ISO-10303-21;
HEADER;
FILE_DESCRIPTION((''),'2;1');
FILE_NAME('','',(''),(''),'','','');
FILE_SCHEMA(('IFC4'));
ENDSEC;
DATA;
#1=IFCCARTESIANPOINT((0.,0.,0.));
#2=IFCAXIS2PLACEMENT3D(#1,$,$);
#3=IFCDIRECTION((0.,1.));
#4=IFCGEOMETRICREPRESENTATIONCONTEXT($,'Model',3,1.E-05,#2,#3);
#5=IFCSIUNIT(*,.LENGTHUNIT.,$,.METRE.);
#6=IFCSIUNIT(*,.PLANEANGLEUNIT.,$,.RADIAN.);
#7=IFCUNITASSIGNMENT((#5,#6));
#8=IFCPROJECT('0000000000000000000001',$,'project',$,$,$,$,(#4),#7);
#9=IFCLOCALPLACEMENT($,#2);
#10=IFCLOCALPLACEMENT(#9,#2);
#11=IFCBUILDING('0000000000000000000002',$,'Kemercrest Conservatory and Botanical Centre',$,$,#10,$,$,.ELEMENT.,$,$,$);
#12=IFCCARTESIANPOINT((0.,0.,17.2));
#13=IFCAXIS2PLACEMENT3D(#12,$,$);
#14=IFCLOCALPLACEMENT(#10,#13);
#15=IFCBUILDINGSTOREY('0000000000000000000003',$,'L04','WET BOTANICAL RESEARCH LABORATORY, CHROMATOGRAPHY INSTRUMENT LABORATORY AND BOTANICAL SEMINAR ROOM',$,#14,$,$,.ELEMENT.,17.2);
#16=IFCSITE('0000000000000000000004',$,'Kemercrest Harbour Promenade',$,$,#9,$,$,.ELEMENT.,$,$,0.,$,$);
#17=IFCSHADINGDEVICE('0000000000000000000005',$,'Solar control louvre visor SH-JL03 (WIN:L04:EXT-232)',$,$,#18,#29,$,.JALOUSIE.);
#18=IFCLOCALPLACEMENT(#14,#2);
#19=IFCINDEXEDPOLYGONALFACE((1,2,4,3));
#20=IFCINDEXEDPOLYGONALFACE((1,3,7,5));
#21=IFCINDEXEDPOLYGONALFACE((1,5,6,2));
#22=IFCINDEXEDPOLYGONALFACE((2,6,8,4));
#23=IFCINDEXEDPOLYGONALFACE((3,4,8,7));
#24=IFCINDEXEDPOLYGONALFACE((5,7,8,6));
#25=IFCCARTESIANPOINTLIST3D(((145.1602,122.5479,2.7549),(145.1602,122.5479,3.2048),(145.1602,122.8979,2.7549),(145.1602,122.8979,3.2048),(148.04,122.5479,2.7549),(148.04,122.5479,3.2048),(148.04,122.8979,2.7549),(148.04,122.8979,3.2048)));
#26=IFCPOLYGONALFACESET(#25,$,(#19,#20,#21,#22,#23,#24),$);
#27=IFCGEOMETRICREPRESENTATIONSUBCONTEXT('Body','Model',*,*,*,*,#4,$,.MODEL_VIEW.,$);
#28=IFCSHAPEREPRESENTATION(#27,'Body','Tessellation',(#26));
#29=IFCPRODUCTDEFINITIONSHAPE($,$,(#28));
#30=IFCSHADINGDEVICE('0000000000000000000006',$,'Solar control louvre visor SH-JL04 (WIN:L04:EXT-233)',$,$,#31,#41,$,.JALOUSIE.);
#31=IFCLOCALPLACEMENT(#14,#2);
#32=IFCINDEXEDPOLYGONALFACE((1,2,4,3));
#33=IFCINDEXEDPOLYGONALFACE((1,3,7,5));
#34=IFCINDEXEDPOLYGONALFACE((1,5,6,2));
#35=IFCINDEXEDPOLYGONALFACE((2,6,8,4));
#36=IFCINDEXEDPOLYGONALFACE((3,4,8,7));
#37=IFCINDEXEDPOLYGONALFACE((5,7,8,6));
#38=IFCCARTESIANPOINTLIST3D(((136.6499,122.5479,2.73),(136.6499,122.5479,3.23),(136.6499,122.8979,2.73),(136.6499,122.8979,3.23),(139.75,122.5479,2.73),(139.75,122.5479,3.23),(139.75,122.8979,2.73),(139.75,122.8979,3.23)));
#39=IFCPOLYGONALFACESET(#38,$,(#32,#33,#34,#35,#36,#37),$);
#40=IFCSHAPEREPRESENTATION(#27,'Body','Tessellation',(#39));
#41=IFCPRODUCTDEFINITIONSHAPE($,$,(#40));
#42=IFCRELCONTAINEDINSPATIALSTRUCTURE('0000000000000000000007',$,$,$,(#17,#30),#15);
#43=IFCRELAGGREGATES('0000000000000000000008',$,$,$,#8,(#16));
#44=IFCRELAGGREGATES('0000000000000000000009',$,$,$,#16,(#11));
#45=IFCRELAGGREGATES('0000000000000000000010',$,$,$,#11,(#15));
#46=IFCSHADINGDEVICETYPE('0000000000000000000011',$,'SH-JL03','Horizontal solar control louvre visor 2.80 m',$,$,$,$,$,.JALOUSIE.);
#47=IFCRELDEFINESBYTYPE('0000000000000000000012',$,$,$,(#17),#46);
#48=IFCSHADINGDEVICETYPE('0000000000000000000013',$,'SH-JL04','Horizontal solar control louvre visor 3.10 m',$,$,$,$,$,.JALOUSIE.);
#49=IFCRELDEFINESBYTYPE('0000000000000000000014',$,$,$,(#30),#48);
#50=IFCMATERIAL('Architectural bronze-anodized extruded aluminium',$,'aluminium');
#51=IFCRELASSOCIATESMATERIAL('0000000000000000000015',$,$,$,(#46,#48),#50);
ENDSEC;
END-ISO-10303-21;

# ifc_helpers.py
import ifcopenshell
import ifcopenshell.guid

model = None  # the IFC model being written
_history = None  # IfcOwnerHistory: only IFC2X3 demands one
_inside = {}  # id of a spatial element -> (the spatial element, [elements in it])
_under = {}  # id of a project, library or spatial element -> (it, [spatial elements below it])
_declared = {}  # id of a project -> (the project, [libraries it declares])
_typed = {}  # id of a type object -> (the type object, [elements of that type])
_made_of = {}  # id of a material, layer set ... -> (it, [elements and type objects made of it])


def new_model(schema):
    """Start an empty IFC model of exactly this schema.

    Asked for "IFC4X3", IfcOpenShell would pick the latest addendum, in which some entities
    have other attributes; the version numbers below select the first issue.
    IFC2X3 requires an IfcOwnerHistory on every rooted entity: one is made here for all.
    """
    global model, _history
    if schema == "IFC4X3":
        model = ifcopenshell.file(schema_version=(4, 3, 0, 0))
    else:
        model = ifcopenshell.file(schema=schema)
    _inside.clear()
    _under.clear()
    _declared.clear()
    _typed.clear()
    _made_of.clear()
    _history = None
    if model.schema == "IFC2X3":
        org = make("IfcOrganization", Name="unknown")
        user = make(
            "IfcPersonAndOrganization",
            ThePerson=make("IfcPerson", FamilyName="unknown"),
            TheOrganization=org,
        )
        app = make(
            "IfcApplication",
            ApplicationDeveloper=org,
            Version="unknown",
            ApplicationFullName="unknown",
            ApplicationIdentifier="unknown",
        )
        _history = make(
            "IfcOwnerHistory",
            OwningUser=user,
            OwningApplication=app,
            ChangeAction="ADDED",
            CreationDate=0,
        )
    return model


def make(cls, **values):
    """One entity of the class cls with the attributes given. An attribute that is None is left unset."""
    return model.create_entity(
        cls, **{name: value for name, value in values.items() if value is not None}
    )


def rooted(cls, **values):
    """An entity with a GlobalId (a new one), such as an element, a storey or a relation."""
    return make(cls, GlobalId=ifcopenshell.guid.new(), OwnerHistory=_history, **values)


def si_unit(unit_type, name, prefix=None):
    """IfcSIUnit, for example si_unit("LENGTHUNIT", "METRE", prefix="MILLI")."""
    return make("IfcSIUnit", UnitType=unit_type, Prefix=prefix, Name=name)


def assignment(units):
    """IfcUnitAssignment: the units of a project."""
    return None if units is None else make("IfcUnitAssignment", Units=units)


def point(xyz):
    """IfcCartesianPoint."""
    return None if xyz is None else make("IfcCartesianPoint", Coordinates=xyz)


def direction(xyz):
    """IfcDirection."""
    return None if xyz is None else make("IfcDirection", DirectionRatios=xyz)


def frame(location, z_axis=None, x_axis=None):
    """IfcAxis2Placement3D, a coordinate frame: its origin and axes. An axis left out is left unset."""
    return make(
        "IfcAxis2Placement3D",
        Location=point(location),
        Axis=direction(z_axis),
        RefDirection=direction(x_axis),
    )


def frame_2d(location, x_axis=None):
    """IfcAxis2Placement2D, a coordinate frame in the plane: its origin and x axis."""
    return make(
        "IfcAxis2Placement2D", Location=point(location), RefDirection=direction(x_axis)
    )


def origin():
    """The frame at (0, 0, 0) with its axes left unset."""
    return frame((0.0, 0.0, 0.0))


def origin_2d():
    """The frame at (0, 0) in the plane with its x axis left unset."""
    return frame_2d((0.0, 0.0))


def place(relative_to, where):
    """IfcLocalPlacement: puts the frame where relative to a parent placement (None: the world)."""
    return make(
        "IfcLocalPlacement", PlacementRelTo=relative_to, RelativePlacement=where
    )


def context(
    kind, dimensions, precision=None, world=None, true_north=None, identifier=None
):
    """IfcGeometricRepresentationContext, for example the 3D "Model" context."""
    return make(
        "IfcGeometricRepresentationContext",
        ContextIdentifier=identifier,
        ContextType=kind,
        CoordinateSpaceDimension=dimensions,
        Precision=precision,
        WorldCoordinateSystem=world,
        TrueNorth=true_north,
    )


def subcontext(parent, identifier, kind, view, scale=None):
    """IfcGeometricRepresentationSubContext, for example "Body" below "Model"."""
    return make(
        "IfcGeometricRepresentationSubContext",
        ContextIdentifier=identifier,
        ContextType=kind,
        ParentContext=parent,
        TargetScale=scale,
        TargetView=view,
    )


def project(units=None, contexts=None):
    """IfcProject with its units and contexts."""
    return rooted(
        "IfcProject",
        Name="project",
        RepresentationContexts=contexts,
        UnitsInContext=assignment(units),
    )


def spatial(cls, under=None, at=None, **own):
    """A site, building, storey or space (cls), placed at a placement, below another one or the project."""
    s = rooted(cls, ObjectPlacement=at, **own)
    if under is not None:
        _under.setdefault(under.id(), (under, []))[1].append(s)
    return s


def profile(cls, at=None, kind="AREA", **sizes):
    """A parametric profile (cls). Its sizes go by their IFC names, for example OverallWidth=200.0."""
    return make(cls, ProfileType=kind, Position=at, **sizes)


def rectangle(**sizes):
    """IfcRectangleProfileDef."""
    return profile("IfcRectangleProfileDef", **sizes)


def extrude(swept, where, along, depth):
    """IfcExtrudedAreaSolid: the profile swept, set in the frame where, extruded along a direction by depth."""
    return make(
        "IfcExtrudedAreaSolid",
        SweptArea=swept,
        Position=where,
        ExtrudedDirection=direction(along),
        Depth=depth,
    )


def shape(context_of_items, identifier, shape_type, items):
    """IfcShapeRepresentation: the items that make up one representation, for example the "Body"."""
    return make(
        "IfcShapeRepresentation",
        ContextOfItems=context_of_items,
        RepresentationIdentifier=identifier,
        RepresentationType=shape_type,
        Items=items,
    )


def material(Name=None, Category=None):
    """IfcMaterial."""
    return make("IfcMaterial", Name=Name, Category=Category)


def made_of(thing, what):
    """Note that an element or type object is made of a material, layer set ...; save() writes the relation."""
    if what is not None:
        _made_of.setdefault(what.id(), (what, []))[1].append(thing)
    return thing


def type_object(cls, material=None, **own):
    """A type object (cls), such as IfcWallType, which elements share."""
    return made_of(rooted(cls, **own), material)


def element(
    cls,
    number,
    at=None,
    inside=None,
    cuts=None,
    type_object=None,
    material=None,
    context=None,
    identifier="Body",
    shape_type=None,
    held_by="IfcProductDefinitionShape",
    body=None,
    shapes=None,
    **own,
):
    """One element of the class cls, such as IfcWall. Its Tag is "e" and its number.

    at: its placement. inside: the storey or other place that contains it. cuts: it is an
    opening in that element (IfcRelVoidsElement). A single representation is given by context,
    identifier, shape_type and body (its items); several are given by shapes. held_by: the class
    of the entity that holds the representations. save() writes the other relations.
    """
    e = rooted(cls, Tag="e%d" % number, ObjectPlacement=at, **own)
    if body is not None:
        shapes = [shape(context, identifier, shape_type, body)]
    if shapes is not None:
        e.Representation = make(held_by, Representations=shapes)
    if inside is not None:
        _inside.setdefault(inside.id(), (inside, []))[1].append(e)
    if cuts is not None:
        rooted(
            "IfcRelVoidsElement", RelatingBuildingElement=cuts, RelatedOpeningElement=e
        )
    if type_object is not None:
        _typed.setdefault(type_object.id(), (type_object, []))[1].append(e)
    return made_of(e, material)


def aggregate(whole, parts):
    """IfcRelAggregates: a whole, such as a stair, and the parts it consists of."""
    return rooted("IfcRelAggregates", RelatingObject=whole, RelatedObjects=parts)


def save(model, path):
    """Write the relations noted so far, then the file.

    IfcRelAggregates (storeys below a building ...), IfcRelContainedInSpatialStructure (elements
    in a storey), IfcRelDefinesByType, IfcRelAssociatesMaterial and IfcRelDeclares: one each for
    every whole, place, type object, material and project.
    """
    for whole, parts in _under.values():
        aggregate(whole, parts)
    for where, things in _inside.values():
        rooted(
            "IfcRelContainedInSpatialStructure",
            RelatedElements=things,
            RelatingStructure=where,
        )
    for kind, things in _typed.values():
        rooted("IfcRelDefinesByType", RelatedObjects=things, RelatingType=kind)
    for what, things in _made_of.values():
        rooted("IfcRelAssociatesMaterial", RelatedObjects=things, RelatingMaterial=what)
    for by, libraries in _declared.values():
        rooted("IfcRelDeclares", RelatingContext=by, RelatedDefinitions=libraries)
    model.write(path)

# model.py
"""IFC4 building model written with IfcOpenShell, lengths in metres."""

from ifc_helpers import new_model, si_unit, direction, frame, origin, origin_2d, place, context, subcontext, project, spatial, rectangle, extrude, material, type_object, element, save


model = new_model("IFC4")

# Units and contexts
model_context = context("Model", 3, precision=1e-05, world=origin(), true_north=direction((0.0, 1.0)))
body_context = subcontext(model_context, "Body", "Model", "MODEL_VIEW")
ifc_project = project(units=[si_unit("LENGTHUNIT", "METRE"), si_unit("PLANEANGLEUNIT", "RADIAN")], contexts=[model_context])

# Site, building, storey
site_placement = place(None, origin())
site = spatial("IfcSite", under=ifc_project, at=site_placement, Name="Kemercrest Harbour Promenade", CompositionType="ELEMENT", RefElevation=0.0)
building_placement = place(site_placement, origin())
building = spatial("IfcBuilding", under=site, at=building_placement, Name="Kemercrest Conservatory and Botanical Centre", CompositionType="ELEMENT")
storey_placement = place(building_placement, frame((0.0, 0.0, 17.2)))
storey = spatial("IfcBuildingStorey", under=building, at=storey_placement, Name="L04", Description="WET BOTANICAL RESEARCH LABORATORY, CHROMATOGRAPHY INSTRUMENT LABORATORY AND BOTANICAL SEMINAR ROOM", CompositionType="ELEMENT", Elevation=17.2)

# Shading devices
ifc_material_1 = material(Name="Architectural bronze-anodized extruded aluminium", Category="aluminium")
shading_device_type_1 = type_object("IfcShadingDeviceType", Name="SH-JL03", Description="Horizontal solar control louvre visor 2.80 m", PredefinedType="JALOUSIE", material=ifc_material_1)
shading_device_1_placement = place(storey_placement, frame((146.6001, 122.7229, 2.7549), z_axis=(0.0, 0.0, 1.0), x_axis=(-1.0, 0.0, 0.0)))
element("IfcShadingDevice", 1, at=shading_device_1_placement, inside=storey, type_object=shading_device_type_1, Name="Solar control louvre visor SH-JL03 (WIN:L04:EXT-232)", PredefinedType="JALOUSIE", context=body_context, shape_type="SweptSolid", body=[
    extrude(rectangle(XDim=2.8799, YDim=0.3501, at=origin_2d()), origin(), (0.0, 0.0, 1.0), 0.45),
])
shading_device_type_2 = type_object("IfcShadingDeviceType", Name="SH-JL04", Description="Horizontal solar control louvre visor 3.10 m", PredefinedType="JALOUSIE", material=ifc_material_1)
shading_device_2_placement = place(storey_placement, frame((138.2, 122.7229, 2.73), z_axis=(0.0, 0.0, 1.0), x_axis=(-1.0, 0.0, 0.0)))
element("IfcShadingDevice", 2, at=shading_device_2_placement, inside=storey, type_object=shading_device_type_2, Name="Solar control louvre visor SH-JL04 (WIN:L04:EXT-233)", PredefinedType="JALOUSIE", context=body_context, shape_type="SweptSolid", body=[
    extrude(rectangle(XDim=3.1001, YDim=0.3501, at=origin_2d()), origin(), (0.0, 0.0, 1.0), 0.5),
])

save(model, "model.ifc")
